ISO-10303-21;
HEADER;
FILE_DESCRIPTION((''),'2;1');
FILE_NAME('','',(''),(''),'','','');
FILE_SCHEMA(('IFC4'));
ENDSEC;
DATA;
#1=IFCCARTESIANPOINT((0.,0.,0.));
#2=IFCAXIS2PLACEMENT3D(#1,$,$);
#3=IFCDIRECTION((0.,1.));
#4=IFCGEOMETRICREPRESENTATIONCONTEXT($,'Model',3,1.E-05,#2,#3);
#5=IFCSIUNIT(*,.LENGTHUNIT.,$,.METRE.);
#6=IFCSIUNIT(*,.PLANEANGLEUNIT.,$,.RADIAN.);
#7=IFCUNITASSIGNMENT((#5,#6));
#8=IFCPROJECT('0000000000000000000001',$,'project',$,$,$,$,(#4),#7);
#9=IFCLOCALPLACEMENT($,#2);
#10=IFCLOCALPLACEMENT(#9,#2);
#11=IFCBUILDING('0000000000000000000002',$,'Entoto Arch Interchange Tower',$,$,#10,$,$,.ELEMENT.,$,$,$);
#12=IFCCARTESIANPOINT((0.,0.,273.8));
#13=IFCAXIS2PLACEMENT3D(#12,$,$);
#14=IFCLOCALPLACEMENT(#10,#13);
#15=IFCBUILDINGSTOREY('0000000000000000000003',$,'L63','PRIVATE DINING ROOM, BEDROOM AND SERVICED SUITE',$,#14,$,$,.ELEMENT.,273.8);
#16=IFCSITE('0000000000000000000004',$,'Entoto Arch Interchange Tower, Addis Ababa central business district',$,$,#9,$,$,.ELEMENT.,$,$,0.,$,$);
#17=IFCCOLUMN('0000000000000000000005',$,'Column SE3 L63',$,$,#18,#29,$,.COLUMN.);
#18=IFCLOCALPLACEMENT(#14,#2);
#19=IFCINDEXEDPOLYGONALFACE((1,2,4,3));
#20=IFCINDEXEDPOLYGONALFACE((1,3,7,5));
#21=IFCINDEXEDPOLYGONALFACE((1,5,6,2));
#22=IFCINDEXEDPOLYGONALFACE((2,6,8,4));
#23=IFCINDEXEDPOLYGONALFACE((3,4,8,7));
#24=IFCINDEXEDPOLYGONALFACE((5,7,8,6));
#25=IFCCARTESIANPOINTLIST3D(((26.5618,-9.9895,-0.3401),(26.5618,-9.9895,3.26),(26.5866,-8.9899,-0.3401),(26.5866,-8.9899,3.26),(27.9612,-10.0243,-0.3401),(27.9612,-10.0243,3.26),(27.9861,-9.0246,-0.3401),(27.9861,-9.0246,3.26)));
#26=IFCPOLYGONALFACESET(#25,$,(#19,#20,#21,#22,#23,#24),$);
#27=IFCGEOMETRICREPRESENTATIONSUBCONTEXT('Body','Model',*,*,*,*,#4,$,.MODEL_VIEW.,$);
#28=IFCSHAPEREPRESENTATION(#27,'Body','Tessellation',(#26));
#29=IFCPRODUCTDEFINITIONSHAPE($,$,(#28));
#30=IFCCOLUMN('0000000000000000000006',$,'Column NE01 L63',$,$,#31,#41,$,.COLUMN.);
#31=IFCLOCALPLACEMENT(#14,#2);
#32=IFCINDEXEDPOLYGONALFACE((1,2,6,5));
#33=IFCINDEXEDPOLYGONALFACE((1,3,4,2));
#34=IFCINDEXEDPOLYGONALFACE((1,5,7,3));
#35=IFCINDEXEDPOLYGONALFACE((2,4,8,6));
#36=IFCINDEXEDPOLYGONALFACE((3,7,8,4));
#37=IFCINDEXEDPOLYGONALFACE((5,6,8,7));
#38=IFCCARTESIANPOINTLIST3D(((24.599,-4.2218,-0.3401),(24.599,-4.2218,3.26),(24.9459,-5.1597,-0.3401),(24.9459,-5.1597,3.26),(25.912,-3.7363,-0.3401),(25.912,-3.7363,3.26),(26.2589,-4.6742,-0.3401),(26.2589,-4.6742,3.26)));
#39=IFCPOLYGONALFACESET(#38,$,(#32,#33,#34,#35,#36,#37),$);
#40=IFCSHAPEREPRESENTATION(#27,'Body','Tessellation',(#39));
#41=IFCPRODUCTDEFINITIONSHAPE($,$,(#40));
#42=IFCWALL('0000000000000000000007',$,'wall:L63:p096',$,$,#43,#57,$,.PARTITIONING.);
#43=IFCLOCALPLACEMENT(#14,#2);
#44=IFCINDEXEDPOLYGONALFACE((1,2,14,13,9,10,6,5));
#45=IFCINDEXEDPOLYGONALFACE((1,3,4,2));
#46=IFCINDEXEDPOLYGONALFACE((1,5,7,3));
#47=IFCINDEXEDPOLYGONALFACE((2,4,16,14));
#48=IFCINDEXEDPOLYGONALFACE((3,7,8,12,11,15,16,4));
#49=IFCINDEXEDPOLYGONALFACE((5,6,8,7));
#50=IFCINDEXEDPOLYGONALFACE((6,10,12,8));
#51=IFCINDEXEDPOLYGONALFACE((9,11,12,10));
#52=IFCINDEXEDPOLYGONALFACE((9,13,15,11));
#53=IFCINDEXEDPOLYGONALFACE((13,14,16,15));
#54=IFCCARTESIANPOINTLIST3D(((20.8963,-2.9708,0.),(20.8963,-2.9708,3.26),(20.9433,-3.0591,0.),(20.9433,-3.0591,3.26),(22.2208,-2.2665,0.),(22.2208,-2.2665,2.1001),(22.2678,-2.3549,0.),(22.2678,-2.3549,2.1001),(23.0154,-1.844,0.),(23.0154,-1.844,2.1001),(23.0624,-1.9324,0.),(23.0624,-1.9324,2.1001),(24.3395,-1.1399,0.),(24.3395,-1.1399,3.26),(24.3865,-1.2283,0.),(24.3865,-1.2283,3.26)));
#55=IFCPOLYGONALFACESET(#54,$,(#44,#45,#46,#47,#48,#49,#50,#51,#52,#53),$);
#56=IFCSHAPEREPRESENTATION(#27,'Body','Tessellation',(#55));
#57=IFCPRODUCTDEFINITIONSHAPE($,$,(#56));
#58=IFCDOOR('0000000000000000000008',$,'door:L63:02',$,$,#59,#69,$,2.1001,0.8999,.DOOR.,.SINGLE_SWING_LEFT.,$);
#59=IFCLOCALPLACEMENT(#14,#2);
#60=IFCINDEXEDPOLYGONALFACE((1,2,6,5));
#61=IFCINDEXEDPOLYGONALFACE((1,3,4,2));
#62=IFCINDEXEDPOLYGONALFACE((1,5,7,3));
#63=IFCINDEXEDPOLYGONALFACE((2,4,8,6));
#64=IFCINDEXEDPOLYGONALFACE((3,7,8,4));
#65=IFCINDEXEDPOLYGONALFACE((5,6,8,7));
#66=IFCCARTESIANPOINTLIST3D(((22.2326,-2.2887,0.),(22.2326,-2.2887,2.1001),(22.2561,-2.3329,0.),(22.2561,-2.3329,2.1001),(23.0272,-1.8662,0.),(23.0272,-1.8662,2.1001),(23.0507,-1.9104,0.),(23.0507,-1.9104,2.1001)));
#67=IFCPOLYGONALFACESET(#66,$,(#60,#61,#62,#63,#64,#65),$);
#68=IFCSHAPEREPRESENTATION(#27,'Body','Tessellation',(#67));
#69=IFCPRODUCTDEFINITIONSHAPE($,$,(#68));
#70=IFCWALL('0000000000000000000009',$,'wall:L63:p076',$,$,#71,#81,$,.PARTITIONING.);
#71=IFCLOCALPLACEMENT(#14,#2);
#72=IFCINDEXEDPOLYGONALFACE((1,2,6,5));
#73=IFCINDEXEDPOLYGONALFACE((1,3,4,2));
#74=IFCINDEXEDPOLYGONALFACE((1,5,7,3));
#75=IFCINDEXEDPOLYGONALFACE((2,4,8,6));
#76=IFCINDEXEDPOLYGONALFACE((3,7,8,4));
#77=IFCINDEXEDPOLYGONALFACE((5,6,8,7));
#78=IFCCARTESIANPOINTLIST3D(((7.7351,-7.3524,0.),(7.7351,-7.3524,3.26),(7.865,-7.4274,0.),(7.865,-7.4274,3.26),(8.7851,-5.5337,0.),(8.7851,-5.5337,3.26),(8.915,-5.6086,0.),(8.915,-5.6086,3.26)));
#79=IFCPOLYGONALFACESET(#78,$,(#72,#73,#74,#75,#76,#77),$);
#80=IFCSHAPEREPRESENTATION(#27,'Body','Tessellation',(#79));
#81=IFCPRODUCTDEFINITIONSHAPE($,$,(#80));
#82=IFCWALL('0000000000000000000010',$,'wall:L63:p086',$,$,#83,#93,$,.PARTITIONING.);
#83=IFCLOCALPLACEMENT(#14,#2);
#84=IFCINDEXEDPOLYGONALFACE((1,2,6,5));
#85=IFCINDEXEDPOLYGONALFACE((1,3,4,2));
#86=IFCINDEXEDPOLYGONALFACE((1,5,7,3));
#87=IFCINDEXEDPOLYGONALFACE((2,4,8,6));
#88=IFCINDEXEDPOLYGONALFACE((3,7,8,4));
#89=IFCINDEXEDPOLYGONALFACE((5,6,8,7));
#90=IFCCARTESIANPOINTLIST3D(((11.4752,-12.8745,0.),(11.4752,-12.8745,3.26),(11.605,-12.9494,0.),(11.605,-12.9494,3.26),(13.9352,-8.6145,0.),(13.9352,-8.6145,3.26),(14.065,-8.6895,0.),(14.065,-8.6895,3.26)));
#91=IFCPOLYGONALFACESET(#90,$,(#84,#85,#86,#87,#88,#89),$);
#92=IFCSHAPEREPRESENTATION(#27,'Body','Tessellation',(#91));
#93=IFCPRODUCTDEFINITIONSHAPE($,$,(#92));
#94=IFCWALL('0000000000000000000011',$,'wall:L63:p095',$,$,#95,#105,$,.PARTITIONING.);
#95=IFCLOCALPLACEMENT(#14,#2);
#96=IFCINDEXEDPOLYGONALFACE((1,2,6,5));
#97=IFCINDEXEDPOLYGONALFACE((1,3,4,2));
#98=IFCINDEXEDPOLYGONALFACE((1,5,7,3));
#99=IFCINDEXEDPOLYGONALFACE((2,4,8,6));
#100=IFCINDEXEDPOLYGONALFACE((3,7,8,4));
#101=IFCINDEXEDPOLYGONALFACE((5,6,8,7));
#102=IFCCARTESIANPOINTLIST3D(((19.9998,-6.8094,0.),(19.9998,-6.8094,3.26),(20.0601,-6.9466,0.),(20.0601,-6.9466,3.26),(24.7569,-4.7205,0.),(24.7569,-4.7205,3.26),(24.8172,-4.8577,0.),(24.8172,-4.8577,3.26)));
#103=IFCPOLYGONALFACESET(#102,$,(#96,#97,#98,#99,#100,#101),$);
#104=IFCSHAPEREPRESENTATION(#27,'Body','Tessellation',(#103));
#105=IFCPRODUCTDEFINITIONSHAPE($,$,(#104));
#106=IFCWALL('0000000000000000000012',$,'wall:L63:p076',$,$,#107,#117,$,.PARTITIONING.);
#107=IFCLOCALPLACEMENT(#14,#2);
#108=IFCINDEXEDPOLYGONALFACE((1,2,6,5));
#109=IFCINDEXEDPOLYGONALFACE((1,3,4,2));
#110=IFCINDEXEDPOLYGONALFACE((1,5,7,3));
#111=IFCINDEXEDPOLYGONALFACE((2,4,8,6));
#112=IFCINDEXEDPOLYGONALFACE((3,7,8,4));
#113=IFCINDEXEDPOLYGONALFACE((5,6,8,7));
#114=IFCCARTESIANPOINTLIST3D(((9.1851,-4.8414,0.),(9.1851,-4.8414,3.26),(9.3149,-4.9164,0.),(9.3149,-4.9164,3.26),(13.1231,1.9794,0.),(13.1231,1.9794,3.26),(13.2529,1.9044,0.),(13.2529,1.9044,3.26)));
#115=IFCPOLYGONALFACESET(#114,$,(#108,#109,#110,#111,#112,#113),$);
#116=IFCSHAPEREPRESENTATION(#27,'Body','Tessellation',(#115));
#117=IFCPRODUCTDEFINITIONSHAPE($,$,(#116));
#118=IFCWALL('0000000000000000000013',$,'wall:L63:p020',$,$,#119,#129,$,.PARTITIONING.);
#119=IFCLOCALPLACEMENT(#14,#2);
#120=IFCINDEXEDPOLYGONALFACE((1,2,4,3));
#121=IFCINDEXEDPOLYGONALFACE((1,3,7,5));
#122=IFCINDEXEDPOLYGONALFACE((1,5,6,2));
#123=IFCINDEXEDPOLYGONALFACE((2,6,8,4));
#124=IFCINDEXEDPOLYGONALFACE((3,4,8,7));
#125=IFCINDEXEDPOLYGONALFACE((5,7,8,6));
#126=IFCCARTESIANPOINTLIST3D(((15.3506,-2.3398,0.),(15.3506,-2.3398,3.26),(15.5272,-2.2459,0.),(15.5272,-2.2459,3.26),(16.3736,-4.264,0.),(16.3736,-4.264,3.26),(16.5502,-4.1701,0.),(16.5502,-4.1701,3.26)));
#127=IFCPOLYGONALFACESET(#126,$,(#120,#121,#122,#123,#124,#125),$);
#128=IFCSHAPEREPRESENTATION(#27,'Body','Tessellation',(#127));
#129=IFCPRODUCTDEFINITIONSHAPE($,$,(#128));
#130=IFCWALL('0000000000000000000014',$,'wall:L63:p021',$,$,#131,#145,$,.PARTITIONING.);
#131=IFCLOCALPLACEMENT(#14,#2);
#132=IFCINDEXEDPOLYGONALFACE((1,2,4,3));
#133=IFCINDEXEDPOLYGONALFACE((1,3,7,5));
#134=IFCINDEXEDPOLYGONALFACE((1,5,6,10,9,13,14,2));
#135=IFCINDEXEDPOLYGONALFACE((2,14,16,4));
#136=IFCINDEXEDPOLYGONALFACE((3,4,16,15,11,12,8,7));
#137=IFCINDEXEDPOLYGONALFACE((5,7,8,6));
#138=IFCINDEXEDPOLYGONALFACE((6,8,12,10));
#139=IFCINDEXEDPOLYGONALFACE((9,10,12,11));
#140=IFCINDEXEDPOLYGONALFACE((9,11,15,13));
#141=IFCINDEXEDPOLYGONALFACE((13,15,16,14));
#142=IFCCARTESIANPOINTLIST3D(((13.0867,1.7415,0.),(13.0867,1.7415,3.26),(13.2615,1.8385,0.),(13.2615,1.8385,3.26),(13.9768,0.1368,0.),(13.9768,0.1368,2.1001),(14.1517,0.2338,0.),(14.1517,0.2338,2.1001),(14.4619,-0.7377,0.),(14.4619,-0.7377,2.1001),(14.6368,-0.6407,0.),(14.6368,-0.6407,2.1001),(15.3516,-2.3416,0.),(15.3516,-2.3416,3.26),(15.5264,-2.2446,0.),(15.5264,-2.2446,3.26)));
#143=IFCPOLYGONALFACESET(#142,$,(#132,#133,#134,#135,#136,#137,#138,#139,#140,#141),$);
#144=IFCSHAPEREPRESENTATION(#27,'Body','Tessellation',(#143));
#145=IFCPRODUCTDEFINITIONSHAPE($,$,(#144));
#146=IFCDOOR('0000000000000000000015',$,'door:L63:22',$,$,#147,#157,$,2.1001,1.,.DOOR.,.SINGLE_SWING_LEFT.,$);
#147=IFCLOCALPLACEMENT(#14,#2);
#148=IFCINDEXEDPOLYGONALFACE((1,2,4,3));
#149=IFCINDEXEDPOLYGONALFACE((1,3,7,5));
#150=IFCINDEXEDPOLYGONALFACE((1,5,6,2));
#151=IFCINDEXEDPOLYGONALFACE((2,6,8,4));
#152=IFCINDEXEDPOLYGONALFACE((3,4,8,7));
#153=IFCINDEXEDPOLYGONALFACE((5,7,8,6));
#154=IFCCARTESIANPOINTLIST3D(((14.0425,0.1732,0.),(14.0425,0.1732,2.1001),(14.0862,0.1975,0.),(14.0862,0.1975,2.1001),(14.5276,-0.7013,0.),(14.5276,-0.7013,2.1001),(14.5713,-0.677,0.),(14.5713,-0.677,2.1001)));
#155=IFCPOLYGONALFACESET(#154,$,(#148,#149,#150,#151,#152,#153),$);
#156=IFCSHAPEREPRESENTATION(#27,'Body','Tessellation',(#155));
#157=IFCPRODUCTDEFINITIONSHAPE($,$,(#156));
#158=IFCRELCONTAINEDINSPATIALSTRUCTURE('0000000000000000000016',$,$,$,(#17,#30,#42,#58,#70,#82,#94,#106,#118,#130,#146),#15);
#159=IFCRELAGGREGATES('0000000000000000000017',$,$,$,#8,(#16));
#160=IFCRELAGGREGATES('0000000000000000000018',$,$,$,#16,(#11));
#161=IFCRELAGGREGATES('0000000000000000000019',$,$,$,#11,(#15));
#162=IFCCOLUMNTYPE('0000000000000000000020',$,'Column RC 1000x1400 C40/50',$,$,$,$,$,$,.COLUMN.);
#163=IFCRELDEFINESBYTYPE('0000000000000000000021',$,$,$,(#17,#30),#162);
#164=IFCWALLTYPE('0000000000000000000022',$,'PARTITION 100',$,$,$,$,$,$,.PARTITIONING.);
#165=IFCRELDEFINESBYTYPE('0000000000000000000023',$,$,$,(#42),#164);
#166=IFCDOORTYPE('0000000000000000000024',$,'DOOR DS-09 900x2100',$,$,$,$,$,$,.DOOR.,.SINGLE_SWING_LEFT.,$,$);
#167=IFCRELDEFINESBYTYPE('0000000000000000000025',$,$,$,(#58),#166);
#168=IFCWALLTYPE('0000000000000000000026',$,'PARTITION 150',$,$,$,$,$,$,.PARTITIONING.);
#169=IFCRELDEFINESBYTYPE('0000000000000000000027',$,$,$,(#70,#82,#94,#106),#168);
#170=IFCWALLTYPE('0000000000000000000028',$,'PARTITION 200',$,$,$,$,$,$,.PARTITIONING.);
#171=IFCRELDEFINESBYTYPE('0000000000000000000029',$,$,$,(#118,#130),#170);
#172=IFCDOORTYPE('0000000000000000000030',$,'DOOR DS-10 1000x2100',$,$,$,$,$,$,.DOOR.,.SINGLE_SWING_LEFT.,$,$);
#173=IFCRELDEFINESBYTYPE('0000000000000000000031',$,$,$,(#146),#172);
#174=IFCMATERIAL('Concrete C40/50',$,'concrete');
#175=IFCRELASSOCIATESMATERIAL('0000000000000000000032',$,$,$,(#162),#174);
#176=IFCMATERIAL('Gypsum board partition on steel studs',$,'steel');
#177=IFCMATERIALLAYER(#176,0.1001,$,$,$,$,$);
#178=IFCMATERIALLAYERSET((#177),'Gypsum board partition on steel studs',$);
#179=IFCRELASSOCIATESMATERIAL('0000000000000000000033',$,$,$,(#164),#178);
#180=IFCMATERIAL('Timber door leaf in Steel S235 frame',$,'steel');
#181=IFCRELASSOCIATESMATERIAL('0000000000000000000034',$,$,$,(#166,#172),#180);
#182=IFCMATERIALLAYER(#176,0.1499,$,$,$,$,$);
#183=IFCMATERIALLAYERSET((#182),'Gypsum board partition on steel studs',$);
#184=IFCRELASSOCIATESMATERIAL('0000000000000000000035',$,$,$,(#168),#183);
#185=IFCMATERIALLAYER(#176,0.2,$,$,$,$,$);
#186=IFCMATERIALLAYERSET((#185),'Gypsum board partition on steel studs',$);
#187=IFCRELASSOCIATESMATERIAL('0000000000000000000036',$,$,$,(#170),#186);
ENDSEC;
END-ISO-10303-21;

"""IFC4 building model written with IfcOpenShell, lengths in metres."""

from ifc_helpers import new_model, si_unit, direction, frame, frame_2d, origin, origin_2d, place, context, subcontext, project, spatial, rectangle, extrude, material, layer, layer_set, material_profile, profile_set, type_object, element, fill, save


model = new_model("IFC4")

# Units and contexts
model_context = context("Model", 3, precision=1e-05, world=origin(), true_north=direction((0.0, 1.0)))
body_context = subcontext(model_context, "Body", "Model", "MODEL_VIEW")
ifc_project = project(units=[si_unit("LENGTHUNIT", "METRE"), si_unit("PLANEANGLEUNIT", "RADIAN")], contexts=[model_context])

# Site, building, storey
site_placement = place(None, origin())
site = spatial("IfcSite", under=ifc_project, at=site_placement, Name="Entoto Arch Interchange Tower, Addis Ababa central business district", CompositionType="ELEMENT", RefElevation=0.0)
building_placement = place(site_placement, origin())
building = spatial("IfcBuilding", under=site, at=building_placement, Name="Entoto Arch Interchange Tower", CompositionType="ELEMENT")
storey_placement = place(building_placement, frame((0.0, 0.0, 273.8)))
storey = spatial("IfcBuildingStorey", under=building, at=storey_placement, Name="L63", Description="PRIVATE DINING ROOM, BEDROOM AND SERVICED SUITE", CompositionType="ELEMENT", Elevation=273.8)

# Columns
ifc_material_1 = material(Name="Concrete C40/50", Category="concrete")
ifc_material_profile = material_profile(ifc_material_1, rectangle(XDim=1.0, YDim=1.3999, at=origin_2d()))
ifc_profile_set = profile_set([ifc_material_profile], Name="Concrete C40/50")
column_type = type_object("IfcColumnType", Name="Column RC 1000x1400 C40/50", PredefinedType="COLUMN", material=ifc_profile_set)
for number, where, z_axis, x_axis, name in (
    (1, (27.2739, -9.5071, -0.3401), (0.0, 0.0, 1.0), (0.024833, 0.999692, 0.0), "Column SE3 L63"),
    (2, (25.429, -4.448, -0.3401), (0.0, 0.0, 1.0), (-0.346854, 0.937919, 0.0), "Column NE01 L63"),
):
    element("IfcColumn", number, at=place(storey_placement, frame(where, z_axis=z_axis, x_axis=x_axis)), inside=storey, type_object=column_type, Name=name, PredefinedType="COLUMN", context=body_context, shape_type="SweptSolid", body=[
        extrude(rectangle(XDim=1.0, YDim=1.3999, at=origin_2d()), origin(), (0.0, 0.0, 1.0), 3.6001),
    ])

# Wall, opening, door
ifc_material_2 = material(Name="Gypsum board partition on steel studs", Category="steel")
ifc_layer_1 = layer(ifc_material_2, 0.1001)
ifc_layer_set_1 = layer_set([ifc_layer_1], Name="Gypsum board partition on steel studs")
wall_type_1 = type_object("IfcWallType", Name="PARTITION 100", PredefinedType="PARTITIONING", material=ifc_layer_set_1)
wall_1_placement = place(storey_placement, frame((20.9199, -3.0149, 0.0), z_axis=(0.0, 0.0, 1.0), x_axis=(0.88294, 0.469486, 0.0)))
wall_1 = element("IfcWall", 3, at=wall_1_placement, inside=storey, type_object=wall_type_1, Name="wall:L63:p096", PredefinedType="PARTITIONING", context=body_context, shape_type="SweptSolid", body=[
    extrude(rectangle(XDim=3.8997, YDim=0.1001, at=frame_2d((1.9497, 0.0))), origin(), (0.0, 0.0, 1.0), 3.26),
])
opening_1_placement = place(wall_1_placement, frame((1.5, 0.0, 0.0)))
opening_1 = element("IfcOpeningElement", 4, at=opening_1_placement, cuts=wall_1, PredefinedType="OPENING", context=body_context, shape_type="SweptSolid", body=[
    extrude(rectangle(XDim=0.8999, YDim=2.1001, at=frame_2d((0.45, 1.05))), frame((0.0, 0.0601, 0.0), z_axis=(0.0, -1.0, 0.0), x_axis=(1.0, 0.0, 0.0)), (0.0, 0.0, 1.0), 0.1201),
])
ifc_material_3 = material(Name="Timber door leaf in Steel S235 frame", Category="steel")
door_type_1 = type_object("IfcDoorType", Name="DOOR DS-09 900x2100", OperationType="SINGLE_SWING_LEFT", PredefinedType="DOOR", material=ifc_material_3)
door_1_placement = place(opening_1_placement, origin())
door_1 = element("IfcDoor", 5, at=door_1_placement, inside=storey, type_object=door_type_1, Name="door:L63:02", OperationType="SINGLE_SWING_LEFT", OverallHeight=2.1001, OverallWidth=0.8999, PredefinedType="DOOR", context=body_context, shape_type="SweptSolid", body=[
    extrude(rectangle(XDim=0.8999, YDim=2.1001, at=frame_2d((0.45, 1.05))), frame((0.0, 0.0249, 0.0), z_axis=(0.0, -1.0, 0.0), x_axis=(1.0, 0.0, 0.0)), (0.0, 0.0, 1.0), 0.05),
])
fill(opening_1, door_1)

# Walls
ifc_layer_2 = layer(ifc_material_2, 0.1499)
ifc_layer_set_2 = layer_set([ifc_layer_2], Name="Gypsum board partition on steel studs")
wall_type_2 = type_object("IfcWallType", Name="PARTITION 150", PredefinedType="PARTITIONING", material=ifc_layer_set_2)
wall_2_placement = place(storey_placement, frame((7.8, -7.3899, 0.0), z_axis=(0.0, 0.0, 1.0), x_axis=(0.499977, 0.866038, 0.0)))
element("IfcWall", 6, at=wall_2_placement, inside=storey, type_object=wall_type_2, Name="wall:L63:p076", PredefinedType="PARTITIONING", context=body_context, shape_type="SweptSolid", body=[
    extrude(rectangle(XDim=2.1001, YDim=0.1499, at=frame_2d((1.05, 0.0))), origin(), (0.0, 0.0, 1.0), 3.26),
])
wall_3_placement = place(storey_placement, frame((14.0, -8.6521, 0.0), z_axis=(0.0, 0.0, 1.0), x_axis=(-0.500068, -0.865986, 0.0)))
element("IfcWall", 7, at=wall_3_placement, inside=storey, type_object=wall_type_2, Name="wall:L63:p086", PredefinedType="PARTITIONING", context=body_context, shape_type="SweptSolid", body=[
    extrude(rectangle(XDim=4.9192, YDim=0.1499, at=frame_2d((2.4595, 0.0))), origin(), (0.0, 0.0, 1.0), 3.26),
])
wall_4_placement = place(storey_placement, frame((20.03, -6.8779, 0.0), z_axis=(0.0, 0.0, 1.0), x_axis=(0.915616, 0.402053, 0.0)))
element("IfcWall", 8, at=wall_4_placement, inside=storey, type_object=wall_type_2, Name="wall:L63:p095", PredefinedType="PARTITIONING", context=body_context, shape_type="SweptSolid", body=[
    extrude(rectangle(XDim=5.1956, YDim=0.1499, at=frame_2d((2.5977, 0.0))), origin(), (0.0, 0.0, 1.0), 3.26),
])
wall_5_placement = place(storey_placement, frame((9.25, -4.8789, 0.0), z_axis=(0.0, 0.0, 1.0), x_axis=(0.5, 0.866026, 0.0)))
element("IfcWall", 9, at=wall_5_placement, inside=storey, type_object=wall_type_2, Name="wall:L63:p076", PredefinedType="PARTITIONING", context=body_context, shape_type="SweptSolid", body=[
    extrude(rectangle(XDim=7.876, YDim=0.1499, at=frame_2d((3.938, 0.0))), origin(), (0.0, 0.0, 1.0), 3.26),
])
ifc_layer_3 = layer(ifc_material_2, 0.2)
ifc_layer_set_3 = layer_set([ifc_layer_3], Name="Gypsum board partition on steel studs")
wall_type_3 = type_object("IfcWallType", Name="PARTITION 200", PredefinedType="PARTITIONING", material=ifc_layer_set_3)
wall_6_placement = place(storey_placement, frame((16.4619, -4.217, 0.0), z_axis=(0.0, 0.0, 1.0), x_axis=(-0.469436, 0.882966, 0.0)))
element("IfcWall", 10, at=wall_6_placement, inside=storey, type_object=wall_type_3, Name="wall:L63:p020", PredefinedType="PARTITIONING", context=body_context, shape_type="SweptSolid", body=[
    extrude(rectangle(XDim=2.1792, YDim=0.2, at=frame_2d((1.0896, 0.0))), origin(), (0.0, 0.0, 1.0), 3.26),
])

# Wall, opening, door
wall_7_placement = place(storey_placement, frame((15.439, -2.293, 0.0), z_axis=(0.0, 0.0, 1.0), x_axis=(-0.485079, 0.87447, 0.0)))
wall_7 = element("IfcWall", 11, at=wall_7_placement, inside=storey, type_object=wall_type_3, Name="wall:L63:p021", PredefinedType="PARTITIONING", context=body_context, shape_type="SweptSolid", body=[
    extrude(rectangle(XDim=4.6692, YDim=0.2, at=frame_2d((2.3345, 0.0))), origin(), (0.0, 0.0, 1.0), 3.26),
])
opening_2_placement = place(wall_7_placement, frame((1.834, 0.0, 0.0)))
opening_2 = element("IfcOpeningElement", 12, at=opening_2_placement, cuts=wall_7, PredefinedType="OPENING", context=body_context, shape_type="SweptSolid", body=[
    extrude(rectangle(XDim=1.0, YDim=2.1001, at=frame_2d((0.5, 1.05))), frame((0.0, 0.1099, 0.0), z_axis=(0.0, -1.0, 0.0), x_axis=(1.0, 0.0, 0.0)), (0.0, 0.0, 1.0), 0.22),
])
door_type_2 = type_object("IfcDoorType", Name="DOOR DS-10 1000x2100", OperationType="SINGLE_SWING_LEFT", PredefinedType="DOOR", material=ifc_material_3)
door_2_placement = place(opening_2_placement, origin())
door_2 = element("IfcDoor", 13, at=door_2_placement, inside=storey, type_object=door_type_2, Name="door:L63:22", OperationType="SINGLE_SWING_LEFT", OverallHeight=2.1001, OverallWidth=1.0, PredefinedType="DOOR", context=body_context, shape_type="SweptSolid", body=[
    extrude(rectangle(XDim=1.0, YDim=2.1001, at=frame_2d((0.5, 1.05))), frame((0.0, 0.0249, 0.0), z_axis=(0.0, -1.0, 0.0), x_axis=(1.0, 0.0, 0.0)), (0.0, 0.0, 1.0), 0.05),
])
fill(opening_2, door_2)

save(model, "model.ifc")
